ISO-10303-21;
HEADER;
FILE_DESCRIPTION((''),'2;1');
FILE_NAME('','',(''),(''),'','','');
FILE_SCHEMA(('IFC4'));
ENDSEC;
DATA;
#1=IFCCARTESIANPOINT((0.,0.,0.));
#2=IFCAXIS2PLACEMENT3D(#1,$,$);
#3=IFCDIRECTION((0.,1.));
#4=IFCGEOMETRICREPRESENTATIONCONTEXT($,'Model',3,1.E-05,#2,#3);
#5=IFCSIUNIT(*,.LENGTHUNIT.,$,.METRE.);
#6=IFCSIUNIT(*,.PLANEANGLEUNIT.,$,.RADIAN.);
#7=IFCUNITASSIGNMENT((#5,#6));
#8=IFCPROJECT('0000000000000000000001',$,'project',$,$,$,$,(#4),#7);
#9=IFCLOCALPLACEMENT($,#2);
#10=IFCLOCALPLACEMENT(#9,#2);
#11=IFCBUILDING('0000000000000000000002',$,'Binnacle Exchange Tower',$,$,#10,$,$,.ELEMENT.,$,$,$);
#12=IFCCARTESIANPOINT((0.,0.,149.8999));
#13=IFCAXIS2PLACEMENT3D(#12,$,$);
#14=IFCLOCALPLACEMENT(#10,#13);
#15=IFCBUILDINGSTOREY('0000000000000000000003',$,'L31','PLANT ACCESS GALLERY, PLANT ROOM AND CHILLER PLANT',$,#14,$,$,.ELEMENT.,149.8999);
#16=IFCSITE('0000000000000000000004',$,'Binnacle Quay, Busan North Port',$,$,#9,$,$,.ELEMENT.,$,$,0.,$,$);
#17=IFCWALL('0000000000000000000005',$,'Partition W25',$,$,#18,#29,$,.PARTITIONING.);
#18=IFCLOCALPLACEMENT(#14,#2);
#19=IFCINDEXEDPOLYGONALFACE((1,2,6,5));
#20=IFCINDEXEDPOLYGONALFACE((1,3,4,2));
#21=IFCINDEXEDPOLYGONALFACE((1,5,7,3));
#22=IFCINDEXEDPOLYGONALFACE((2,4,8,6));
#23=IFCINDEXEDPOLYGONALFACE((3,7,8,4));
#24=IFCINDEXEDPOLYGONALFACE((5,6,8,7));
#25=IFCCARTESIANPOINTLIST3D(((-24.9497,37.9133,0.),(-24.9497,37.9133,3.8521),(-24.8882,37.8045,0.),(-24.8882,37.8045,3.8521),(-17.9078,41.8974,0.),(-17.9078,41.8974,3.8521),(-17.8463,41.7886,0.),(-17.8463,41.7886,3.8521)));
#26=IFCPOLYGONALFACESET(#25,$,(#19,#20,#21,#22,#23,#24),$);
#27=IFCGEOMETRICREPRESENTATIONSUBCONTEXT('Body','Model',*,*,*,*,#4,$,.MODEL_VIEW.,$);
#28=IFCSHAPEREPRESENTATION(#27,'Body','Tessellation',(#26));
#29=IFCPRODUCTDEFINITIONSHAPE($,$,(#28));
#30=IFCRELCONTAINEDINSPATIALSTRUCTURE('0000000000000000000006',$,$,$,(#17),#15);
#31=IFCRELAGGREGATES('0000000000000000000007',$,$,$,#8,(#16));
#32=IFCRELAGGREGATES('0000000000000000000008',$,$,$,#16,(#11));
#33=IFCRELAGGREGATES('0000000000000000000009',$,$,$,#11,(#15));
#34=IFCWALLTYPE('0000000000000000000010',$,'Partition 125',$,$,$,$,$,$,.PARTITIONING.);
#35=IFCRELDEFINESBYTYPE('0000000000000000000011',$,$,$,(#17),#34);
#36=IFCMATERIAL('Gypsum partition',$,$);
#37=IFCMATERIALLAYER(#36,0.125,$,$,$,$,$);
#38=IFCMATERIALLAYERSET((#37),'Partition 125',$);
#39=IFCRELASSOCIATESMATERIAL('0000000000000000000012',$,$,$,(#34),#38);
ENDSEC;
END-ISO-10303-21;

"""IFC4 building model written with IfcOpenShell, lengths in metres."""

from ifc_helpers import new_model, si_unit, direction, frame, frame_2d, origin, place, context, subcontext, project, spatial, rectangle, extrude, material, layer, layer_set, type_object, element, save


model = new_model("IFC4")

# Units and contexts
model_context = context("Model", 3, precision=1e-05, world=origin(), true_north=direction((0.0, 1.0)))
body_context = subcontext(model_context, "Body", "Model", "MODEL_VIEW")
ifc_project = project(units=[si_unit("LENGTHUNIT", "METRE"), si_unit("PLANEANGLEUNIT", "RADIAN")], contexts=[model_context])

# Site, building, storey
site_placement = place(None, origin())
site = spatial("IfcSite", under=ifc_project, at=site_placement, Name="Binnacle Quay, Busan North Port", CompositionType="ELEMENT", RefElevation=0.0)
building_placement = place(site_placement, origin())
building = spatial("IfcBuilding", under=site, at=building_placement, Name="Binnacle Exchange Tower", CompositionType="ELEMENT")
storey_placement = place(building_placement, frame((0.0, 0.0, 149.8999)))
storey = spatial("IfcBuildingStorey", under=building, at=storey_placement, Name="L31", Description="PLANT ACCESS GALLERY, PLANT ROOM AND CHILLER PLANT", CompositionType="ELEMENT", Elevation=149.8999)

# Wall
ifc_material_1 = material(Name="Gypsum partition")
ifc_layer_1 = layer(ifc_material_1, 0.125)
ifc_layer_set_1 = layer_set([ifc_layer_1], Name="Partition 125")
wall_type_1 = type_object("IfcWallType", Name="Partition 125", PredefinedType="PARTITIONING", material=ifc_layer_set_1)
wall_1_placement = place(storey_placement, frame((-24.9189, 37.8589, 0.0), z_axis=(0.0, 0.0, 1.0), x_axis=(0.870358, 0.49242, 0.0)))
element("IfcWall", 1, at=wall_1_placement, inside=storey, type_object=wall_type_1, Name="Partition W25", PredefinedType="PARTITIONING", context=body_context, shape_type="SweptSolid", body=[
    extrude(rectangle(XDim=8.0908, YDim=0.125, at=frame_2d((4.0454, 0.0))), origin(), (0.0, 0.0, 1.0), 3.8521),
])

save(model, "model.ifc")
